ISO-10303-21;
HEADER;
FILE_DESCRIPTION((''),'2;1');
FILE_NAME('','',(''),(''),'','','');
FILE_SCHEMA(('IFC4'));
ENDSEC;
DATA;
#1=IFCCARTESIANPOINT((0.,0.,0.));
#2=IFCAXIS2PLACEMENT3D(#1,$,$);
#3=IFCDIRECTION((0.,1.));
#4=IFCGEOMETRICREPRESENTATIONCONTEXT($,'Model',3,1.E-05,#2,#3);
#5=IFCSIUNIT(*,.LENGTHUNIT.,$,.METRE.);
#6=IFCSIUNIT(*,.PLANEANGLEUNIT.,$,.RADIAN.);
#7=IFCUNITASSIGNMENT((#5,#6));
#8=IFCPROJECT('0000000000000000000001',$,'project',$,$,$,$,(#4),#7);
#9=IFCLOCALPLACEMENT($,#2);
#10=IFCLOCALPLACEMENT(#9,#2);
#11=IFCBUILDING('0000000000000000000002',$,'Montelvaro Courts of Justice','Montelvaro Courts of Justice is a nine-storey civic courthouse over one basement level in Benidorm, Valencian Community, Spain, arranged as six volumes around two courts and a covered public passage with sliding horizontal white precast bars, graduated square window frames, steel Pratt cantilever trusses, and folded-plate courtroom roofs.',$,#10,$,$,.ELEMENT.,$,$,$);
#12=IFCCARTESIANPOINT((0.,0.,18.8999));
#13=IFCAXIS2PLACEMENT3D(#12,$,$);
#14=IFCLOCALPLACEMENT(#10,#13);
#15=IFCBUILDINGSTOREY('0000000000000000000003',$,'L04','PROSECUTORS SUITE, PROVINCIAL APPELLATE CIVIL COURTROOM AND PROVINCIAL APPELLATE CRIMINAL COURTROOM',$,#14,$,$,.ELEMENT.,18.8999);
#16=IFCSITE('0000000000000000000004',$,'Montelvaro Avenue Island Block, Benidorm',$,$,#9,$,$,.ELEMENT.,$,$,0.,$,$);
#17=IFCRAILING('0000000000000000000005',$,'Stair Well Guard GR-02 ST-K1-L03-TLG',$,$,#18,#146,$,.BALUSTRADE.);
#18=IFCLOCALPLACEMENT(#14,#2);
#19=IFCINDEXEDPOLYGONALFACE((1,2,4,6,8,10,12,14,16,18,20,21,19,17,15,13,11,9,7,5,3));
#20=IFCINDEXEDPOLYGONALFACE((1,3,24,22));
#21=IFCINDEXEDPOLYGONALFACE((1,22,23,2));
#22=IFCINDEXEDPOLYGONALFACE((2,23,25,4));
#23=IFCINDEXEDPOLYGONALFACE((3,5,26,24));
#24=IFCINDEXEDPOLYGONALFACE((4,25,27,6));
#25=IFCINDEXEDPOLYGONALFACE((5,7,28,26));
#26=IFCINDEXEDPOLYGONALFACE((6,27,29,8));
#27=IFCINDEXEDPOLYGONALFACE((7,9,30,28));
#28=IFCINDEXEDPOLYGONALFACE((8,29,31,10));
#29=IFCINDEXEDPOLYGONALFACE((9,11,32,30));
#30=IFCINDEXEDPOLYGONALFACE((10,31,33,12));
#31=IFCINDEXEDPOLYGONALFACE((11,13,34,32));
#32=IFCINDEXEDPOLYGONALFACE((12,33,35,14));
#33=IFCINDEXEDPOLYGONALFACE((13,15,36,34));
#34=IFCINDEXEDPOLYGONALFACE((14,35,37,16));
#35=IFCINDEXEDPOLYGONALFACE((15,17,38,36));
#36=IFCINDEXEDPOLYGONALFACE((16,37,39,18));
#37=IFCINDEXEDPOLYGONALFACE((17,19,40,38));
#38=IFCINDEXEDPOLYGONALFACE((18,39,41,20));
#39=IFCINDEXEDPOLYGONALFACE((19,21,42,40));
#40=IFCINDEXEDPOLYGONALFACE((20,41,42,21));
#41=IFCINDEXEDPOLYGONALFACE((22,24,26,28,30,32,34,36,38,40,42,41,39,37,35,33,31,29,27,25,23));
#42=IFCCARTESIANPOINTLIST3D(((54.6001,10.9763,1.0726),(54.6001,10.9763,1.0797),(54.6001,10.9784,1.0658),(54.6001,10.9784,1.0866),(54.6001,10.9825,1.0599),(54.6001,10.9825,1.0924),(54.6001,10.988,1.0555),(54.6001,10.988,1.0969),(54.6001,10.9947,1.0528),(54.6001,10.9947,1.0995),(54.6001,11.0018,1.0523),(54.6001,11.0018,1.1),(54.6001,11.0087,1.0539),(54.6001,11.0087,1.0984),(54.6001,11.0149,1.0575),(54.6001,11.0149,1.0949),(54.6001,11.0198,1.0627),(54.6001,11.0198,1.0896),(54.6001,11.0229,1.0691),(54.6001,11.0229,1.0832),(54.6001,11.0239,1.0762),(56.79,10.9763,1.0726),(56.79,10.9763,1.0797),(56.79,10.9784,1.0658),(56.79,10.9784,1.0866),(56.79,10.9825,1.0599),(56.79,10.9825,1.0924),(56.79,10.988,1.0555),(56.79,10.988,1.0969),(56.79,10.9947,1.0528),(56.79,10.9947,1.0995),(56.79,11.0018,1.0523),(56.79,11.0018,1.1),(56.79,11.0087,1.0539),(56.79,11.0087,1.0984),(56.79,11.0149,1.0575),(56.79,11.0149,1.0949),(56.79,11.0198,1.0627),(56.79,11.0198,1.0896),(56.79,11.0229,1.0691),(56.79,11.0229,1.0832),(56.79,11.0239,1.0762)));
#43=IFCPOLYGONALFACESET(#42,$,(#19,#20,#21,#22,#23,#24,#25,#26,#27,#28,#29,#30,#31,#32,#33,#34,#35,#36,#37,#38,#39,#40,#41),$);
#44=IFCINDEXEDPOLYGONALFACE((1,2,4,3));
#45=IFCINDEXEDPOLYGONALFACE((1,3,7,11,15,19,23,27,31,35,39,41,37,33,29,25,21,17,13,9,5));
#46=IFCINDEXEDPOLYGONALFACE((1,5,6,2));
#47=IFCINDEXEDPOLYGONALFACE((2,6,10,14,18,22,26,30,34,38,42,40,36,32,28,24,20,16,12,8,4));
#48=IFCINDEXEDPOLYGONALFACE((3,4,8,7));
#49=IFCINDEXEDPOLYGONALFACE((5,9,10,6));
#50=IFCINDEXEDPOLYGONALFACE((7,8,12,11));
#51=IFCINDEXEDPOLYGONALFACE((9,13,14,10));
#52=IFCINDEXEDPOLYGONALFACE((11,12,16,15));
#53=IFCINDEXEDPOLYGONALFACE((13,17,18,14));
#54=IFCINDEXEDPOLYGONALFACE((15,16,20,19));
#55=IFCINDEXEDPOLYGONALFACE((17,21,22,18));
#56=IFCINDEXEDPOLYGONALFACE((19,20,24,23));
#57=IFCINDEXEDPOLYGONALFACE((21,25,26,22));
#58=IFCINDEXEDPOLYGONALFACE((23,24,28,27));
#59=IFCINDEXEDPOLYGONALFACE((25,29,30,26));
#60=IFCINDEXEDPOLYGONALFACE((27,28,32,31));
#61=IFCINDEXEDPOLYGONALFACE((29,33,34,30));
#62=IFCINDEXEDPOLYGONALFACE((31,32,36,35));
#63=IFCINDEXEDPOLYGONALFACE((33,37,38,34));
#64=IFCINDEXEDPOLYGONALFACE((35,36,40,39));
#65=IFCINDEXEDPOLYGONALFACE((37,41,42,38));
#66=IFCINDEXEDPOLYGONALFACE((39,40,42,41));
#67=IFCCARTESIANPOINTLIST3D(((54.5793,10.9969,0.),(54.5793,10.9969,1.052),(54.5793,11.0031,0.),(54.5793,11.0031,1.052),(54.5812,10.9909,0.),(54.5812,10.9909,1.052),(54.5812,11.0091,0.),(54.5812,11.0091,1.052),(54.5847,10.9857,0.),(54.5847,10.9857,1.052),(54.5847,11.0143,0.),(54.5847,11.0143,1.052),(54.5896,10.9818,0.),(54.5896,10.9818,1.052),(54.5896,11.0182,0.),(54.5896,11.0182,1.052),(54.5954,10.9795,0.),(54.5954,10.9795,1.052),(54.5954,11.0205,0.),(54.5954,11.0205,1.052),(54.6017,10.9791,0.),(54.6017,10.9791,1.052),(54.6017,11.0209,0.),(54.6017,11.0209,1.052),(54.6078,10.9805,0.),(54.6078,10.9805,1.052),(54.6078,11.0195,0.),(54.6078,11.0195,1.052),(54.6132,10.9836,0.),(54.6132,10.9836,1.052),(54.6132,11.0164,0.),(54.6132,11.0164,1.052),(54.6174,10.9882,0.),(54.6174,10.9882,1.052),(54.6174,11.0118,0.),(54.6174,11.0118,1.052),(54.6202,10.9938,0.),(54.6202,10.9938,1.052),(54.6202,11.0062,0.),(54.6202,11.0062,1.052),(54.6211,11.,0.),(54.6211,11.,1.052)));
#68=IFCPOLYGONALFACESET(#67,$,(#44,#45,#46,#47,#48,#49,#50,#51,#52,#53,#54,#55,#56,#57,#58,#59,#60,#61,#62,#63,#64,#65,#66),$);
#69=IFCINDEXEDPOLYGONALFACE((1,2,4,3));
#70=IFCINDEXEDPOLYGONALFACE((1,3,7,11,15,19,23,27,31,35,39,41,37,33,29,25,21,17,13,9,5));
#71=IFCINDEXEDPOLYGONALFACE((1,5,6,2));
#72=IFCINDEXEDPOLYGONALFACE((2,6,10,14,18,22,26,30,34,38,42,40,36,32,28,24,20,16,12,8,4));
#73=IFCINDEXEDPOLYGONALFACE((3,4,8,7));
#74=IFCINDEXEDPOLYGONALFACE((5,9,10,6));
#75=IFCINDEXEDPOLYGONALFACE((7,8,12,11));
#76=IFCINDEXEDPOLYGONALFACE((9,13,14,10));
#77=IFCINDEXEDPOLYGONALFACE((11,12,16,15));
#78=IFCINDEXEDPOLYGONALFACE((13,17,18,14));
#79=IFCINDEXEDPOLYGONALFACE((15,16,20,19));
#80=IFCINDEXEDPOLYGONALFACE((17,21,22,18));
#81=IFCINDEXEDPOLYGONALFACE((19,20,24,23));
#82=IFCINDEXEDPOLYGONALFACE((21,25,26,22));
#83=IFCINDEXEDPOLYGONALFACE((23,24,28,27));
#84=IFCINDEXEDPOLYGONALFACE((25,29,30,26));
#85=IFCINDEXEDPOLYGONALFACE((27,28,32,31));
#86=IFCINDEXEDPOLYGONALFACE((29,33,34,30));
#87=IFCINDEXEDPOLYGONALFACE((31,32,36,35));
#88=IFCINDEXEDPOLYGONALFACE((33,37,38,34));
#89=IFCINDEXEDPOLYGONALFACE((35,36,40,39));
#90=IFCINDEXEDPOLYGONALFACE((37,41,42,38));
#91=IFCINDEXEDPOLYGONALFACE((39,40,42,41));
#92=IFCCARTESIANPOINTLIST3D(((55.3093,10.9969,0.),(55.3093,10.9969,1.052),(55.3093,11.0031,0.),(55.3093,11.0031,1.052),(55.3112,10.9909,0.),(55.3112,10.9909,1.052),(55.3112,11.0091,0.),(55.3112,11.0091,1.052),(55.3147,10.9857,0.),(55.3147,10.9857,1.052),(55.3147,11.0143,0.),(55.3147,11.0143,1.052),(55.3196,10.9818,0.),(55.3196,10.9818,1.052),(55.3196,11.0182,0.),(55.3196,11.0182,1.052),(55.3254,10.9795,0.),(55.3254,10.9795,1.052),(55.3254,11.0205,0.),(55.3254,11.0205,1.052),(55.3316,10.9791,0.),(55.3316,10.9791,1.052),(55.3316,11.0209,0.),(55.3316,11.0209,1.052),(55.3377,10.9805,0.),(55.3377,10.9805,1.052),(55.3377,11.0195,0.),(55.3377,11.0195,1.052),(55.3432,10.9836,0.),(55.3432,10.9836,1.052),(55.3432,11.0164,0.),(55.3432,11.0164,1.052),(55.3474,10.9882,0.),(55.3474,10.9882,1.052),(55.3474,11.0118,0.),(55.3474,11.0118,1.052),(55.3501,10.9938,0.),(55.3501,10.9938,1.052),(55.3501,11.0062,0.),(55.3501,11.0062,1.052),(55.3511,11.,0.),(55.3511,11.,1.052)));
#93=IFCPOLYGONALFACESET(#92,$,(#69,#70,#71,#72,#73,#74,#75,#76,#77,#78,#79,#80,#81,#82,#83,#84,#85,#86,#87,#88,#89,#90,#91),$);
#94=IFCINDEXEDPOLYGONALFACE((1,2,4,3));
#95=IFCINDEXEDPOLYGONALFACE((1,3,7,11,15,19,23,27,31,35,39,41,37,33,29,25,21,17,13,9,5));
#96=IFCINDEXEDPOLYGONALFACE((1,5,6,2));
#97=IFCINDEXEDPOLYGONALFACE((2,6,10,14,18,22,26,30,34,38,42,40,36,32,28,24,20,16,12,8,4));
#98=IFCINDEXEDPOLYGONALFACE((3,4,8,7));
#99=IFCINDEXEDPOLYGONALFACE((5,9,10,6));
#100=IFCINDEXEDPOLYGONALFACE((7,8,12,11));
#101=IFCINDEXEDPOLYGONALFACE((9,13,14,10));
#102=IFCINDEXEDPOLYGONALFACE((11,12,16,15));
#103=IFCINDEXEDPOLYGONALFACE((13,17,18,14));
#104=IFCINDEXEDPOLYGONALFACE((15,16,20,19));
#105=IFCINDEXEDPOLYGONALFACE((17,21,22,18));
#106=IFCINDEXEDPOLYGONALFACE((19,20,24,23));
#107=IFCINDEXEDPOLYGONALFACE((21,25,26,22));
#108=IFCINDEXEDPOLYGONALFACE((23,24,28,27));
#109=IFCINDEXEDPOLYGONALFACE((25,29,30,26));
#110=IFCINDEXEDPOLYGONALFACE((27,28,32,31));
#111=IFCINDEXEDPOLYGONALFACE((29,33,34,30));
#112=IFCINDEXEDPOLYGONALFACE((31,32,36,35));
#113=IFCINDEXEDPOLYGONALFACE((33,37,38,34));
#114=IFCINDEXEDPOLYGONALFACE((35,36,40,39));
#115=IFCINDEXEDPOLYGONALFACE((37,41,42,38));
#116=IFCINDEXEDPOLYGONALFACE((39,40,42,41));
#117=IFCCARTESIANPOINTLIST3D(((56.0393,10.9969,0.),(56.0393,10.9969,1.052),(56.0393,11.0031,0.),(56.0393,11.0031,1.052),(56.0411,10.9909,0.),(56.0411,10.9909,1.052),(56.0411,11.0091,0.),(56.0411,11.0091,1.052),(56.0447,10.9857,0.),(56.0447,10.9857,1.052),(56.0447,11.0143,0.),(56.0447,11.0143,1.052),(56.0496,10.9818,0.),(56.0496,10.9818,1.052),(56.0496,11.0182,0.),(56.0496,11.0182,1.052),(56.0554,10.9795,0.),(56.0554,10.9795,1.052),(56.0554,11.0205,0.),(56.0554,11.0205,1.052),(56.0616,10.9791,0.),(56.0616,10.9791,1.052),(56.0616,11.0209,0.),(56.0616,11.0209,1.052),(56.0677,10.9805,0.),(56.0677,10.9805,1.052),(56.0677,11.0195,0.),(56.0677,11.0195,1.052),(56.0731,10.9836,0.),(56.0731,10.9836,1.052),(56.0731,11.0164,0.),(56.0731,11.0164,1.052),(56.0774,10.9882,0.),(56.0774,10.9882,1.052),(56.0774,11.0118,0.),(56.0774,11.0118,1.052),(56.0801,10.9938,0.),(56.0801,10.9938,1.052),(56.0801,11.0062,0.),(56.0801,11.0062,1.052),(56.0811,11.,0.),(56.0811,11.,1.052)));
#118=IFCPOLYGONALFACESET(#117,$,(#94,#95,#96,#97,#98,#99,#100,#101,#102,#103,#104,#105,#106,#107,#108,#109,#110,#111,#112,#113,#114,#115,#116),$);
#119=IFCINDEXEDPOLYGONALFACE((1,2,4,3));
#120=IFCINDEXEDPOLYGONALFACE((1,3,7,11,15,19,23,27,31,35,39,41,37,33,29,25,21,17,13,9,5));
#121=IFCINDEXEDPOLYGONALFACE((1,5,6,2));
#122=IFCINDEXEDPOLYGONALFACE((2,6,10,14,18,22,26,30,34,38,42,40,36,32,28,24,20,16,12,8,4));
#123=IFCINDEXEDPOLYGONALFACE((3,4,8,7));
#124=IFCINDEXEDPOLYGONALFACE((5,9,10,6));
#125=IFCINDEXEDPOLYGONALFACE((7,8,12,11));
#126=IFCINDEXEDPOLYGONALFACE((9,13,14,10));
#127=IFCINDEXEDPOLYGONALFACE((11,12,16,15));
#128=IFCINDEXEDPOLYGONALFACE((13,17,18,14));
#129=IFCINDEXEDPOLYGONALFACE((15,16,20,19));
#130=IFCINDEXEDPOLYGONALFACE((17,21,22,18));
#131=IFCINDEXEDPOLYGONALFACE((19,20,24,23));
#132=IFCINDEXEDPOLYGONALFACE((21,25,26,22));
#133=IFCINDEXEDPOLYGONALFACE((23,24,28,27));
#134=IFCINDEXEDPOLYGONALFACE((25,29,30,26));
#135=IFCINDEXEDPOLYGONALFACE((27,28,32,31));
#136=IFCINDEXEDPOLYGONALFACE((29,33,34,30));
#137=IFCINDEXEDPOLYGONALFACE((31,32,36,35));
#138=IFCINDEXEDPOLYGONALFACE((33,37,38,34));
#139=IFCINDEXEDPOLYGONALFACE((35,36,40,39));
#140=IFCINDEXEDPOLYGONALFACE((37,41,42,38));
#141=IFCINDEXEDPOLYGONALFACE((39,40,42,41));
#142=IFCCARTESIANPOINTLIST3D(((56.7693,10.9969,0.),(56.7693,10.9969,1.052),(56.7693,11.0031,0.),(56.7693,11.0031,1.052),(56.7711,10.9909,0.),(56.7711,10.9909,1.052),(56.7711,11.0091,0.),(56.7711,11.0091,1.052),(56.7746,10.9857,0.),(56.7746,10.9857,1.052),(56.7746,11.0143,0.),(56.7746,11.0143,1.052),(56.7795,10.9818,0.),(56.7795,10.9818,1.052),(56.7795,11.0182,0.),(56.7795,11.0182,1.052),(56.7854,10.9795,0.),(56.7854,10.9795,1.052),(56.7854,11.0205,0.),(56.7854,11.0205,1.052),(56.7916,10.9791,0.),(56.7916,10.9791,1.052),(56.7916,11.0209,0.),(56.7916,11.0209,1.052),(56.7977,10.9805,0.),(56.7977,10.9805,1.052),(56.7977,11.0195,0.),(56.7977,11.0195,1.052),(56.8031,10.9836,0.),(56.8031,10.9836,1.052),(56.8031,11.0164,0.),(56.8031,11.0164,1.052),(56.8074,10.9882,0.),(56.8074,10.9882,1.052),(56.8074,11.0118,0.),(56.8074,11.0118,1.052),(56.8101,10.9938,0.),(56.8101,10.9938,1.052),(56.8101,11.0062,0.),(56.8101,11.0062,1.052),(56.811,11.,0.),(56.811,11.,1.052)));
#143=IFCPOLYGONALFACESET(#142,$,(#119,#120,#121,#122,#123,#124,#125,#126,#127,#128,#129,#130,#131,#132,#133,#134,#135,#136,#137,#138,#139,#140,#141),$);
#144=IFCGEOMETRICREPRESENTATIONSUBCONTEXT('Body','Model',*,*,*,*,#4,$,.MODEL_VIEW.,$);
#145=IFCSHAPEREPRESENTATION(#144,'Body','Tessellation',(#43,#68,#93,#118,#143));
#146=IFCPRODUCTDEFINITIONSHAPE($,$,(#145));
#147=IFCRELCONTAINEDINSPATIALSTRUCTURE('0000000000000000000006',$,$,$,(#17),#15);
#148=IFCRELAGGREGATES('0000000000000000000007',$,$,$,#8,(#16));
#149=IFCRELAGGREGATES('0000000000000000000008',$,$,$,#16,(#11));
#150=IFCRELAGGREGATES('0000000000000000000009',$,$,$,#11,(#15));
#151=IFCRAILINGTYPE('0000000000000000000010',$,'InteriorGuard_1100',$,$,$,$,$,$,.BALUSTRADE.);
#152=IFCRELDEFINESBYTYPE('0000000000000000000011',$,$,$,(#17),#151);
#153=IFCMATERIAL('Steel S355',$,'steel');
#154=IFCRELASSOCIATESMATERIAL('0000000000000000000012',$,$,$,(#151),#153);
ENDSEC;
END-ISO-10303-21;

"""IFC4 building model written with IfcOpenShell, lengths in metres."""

from ifc_helpers import new_model, si_unit, direction, frame, origin, origin_2d, place, context, subcontext, project, spatial, circle, extrude, material, type_object, element, save


model = new_model("IFC4")

# Units and contexts
model_context = context("Model", 3, precision=1e-05, world=origin(), true_north=direction((0.0, 1.0)))
body_context = subcontext(model_context, "Body", "Model", "MODEL_VIEW")
ifc_project = project(units=[si_unit("LENGTHUNIT", "METRE"), si_unit("PLANEANGLEUNIT", "RADIAN")], contexts=[model_context])

# Site, building, storey
site_placement = place(None, origin())
site = spatial("IfcSite", under=ifc_project, at=site_placement, Name="Montelvaro Avenue Island Block, Benidorm", CompositionType="ELEMENT", RefElevation=0.0)
building_placement = place(site_placement, origin())
building = spatial("IfcBuilding", under=site, at=building_placement, Name="Montelvaro Courts of Justice", Description="Montelvaro Courts of Justice is a nine-storey civic courthouse over one basement level in Benidorm, Valencian Community, Spain, arranged as six volumes around two courts and a covered public passage with sliding horizontal white precast bars, graduated square window frames, steel Pratt cantilever trusses, and folded-plate courtroom roofs.", CompositionType="ELEMENT")
storey_placement = place(building_placement, frame((0.0, 0.0, 18.8999)))
storey = spatial("IfcBuildingStorey", under=building, at=storey_placement, Name="L04", Description="PROSECUTORS SUITE, PROVINCIAL APPELLATE CIVIL COURTROOM AND PROVINCIAL APPELLATE CRIMINAL COURTROOM", CompositionType="ELEMENT", Elevation=18.8999)

# Shared definitions
ifc_material_1 = material(Name="Steel S355", Category="steel")

# Railing
railing_type_1 = type_object("IfcRailingType", Name="InteriorGuard_1100", PredefinedType="BALUSTRADE", material=ifc_material_1)
railing_1_placement = place(storey_placement, frame((54.6001, 11.0, 0.0)))
element("IfcRailing", 1, at=railing_1_placement, inside=storey, type_object=railing_type_1, Name="Stair Well Guard GR-02 ST-K1-L03-TLG", PredefinedType="BALUSTRADE", context=body_context, shape_type="SweptSolid", body=[
    extrude(circle(Radius=0.0239, at=origin_2d()), frame((0.0, 0.0, 1.0762), z_axis=(1.0, 0.0, 0.0), x_axis=(0.0, 1.0, 0.0)), (0.0, 0.0, 1.0), 2.1899),
    extrude(circle(Radius=0.021, at=origin_2d()), origin(), (0.0, 0.0, 1.0), 1.052),
    extrude(circle(Radius=0.021, at=origin_2d()), frame((0.73, 0.0, 0.0)), (0.0, 0.0, 1.0), 1.052),
    extrude(circle(Radius=0.021, at=origin_2d()), frame((1.46, 0.0, 0.0)), (0.0, 0.0, 1.0), 1.052),
    extrude(circle(Radius=0.021, at=origin_2d()), frame((2.1899, 0.0, 0.0)), (0.0, 0.0, 1.0), 1.052),
])

save(model, "model.ifc")
